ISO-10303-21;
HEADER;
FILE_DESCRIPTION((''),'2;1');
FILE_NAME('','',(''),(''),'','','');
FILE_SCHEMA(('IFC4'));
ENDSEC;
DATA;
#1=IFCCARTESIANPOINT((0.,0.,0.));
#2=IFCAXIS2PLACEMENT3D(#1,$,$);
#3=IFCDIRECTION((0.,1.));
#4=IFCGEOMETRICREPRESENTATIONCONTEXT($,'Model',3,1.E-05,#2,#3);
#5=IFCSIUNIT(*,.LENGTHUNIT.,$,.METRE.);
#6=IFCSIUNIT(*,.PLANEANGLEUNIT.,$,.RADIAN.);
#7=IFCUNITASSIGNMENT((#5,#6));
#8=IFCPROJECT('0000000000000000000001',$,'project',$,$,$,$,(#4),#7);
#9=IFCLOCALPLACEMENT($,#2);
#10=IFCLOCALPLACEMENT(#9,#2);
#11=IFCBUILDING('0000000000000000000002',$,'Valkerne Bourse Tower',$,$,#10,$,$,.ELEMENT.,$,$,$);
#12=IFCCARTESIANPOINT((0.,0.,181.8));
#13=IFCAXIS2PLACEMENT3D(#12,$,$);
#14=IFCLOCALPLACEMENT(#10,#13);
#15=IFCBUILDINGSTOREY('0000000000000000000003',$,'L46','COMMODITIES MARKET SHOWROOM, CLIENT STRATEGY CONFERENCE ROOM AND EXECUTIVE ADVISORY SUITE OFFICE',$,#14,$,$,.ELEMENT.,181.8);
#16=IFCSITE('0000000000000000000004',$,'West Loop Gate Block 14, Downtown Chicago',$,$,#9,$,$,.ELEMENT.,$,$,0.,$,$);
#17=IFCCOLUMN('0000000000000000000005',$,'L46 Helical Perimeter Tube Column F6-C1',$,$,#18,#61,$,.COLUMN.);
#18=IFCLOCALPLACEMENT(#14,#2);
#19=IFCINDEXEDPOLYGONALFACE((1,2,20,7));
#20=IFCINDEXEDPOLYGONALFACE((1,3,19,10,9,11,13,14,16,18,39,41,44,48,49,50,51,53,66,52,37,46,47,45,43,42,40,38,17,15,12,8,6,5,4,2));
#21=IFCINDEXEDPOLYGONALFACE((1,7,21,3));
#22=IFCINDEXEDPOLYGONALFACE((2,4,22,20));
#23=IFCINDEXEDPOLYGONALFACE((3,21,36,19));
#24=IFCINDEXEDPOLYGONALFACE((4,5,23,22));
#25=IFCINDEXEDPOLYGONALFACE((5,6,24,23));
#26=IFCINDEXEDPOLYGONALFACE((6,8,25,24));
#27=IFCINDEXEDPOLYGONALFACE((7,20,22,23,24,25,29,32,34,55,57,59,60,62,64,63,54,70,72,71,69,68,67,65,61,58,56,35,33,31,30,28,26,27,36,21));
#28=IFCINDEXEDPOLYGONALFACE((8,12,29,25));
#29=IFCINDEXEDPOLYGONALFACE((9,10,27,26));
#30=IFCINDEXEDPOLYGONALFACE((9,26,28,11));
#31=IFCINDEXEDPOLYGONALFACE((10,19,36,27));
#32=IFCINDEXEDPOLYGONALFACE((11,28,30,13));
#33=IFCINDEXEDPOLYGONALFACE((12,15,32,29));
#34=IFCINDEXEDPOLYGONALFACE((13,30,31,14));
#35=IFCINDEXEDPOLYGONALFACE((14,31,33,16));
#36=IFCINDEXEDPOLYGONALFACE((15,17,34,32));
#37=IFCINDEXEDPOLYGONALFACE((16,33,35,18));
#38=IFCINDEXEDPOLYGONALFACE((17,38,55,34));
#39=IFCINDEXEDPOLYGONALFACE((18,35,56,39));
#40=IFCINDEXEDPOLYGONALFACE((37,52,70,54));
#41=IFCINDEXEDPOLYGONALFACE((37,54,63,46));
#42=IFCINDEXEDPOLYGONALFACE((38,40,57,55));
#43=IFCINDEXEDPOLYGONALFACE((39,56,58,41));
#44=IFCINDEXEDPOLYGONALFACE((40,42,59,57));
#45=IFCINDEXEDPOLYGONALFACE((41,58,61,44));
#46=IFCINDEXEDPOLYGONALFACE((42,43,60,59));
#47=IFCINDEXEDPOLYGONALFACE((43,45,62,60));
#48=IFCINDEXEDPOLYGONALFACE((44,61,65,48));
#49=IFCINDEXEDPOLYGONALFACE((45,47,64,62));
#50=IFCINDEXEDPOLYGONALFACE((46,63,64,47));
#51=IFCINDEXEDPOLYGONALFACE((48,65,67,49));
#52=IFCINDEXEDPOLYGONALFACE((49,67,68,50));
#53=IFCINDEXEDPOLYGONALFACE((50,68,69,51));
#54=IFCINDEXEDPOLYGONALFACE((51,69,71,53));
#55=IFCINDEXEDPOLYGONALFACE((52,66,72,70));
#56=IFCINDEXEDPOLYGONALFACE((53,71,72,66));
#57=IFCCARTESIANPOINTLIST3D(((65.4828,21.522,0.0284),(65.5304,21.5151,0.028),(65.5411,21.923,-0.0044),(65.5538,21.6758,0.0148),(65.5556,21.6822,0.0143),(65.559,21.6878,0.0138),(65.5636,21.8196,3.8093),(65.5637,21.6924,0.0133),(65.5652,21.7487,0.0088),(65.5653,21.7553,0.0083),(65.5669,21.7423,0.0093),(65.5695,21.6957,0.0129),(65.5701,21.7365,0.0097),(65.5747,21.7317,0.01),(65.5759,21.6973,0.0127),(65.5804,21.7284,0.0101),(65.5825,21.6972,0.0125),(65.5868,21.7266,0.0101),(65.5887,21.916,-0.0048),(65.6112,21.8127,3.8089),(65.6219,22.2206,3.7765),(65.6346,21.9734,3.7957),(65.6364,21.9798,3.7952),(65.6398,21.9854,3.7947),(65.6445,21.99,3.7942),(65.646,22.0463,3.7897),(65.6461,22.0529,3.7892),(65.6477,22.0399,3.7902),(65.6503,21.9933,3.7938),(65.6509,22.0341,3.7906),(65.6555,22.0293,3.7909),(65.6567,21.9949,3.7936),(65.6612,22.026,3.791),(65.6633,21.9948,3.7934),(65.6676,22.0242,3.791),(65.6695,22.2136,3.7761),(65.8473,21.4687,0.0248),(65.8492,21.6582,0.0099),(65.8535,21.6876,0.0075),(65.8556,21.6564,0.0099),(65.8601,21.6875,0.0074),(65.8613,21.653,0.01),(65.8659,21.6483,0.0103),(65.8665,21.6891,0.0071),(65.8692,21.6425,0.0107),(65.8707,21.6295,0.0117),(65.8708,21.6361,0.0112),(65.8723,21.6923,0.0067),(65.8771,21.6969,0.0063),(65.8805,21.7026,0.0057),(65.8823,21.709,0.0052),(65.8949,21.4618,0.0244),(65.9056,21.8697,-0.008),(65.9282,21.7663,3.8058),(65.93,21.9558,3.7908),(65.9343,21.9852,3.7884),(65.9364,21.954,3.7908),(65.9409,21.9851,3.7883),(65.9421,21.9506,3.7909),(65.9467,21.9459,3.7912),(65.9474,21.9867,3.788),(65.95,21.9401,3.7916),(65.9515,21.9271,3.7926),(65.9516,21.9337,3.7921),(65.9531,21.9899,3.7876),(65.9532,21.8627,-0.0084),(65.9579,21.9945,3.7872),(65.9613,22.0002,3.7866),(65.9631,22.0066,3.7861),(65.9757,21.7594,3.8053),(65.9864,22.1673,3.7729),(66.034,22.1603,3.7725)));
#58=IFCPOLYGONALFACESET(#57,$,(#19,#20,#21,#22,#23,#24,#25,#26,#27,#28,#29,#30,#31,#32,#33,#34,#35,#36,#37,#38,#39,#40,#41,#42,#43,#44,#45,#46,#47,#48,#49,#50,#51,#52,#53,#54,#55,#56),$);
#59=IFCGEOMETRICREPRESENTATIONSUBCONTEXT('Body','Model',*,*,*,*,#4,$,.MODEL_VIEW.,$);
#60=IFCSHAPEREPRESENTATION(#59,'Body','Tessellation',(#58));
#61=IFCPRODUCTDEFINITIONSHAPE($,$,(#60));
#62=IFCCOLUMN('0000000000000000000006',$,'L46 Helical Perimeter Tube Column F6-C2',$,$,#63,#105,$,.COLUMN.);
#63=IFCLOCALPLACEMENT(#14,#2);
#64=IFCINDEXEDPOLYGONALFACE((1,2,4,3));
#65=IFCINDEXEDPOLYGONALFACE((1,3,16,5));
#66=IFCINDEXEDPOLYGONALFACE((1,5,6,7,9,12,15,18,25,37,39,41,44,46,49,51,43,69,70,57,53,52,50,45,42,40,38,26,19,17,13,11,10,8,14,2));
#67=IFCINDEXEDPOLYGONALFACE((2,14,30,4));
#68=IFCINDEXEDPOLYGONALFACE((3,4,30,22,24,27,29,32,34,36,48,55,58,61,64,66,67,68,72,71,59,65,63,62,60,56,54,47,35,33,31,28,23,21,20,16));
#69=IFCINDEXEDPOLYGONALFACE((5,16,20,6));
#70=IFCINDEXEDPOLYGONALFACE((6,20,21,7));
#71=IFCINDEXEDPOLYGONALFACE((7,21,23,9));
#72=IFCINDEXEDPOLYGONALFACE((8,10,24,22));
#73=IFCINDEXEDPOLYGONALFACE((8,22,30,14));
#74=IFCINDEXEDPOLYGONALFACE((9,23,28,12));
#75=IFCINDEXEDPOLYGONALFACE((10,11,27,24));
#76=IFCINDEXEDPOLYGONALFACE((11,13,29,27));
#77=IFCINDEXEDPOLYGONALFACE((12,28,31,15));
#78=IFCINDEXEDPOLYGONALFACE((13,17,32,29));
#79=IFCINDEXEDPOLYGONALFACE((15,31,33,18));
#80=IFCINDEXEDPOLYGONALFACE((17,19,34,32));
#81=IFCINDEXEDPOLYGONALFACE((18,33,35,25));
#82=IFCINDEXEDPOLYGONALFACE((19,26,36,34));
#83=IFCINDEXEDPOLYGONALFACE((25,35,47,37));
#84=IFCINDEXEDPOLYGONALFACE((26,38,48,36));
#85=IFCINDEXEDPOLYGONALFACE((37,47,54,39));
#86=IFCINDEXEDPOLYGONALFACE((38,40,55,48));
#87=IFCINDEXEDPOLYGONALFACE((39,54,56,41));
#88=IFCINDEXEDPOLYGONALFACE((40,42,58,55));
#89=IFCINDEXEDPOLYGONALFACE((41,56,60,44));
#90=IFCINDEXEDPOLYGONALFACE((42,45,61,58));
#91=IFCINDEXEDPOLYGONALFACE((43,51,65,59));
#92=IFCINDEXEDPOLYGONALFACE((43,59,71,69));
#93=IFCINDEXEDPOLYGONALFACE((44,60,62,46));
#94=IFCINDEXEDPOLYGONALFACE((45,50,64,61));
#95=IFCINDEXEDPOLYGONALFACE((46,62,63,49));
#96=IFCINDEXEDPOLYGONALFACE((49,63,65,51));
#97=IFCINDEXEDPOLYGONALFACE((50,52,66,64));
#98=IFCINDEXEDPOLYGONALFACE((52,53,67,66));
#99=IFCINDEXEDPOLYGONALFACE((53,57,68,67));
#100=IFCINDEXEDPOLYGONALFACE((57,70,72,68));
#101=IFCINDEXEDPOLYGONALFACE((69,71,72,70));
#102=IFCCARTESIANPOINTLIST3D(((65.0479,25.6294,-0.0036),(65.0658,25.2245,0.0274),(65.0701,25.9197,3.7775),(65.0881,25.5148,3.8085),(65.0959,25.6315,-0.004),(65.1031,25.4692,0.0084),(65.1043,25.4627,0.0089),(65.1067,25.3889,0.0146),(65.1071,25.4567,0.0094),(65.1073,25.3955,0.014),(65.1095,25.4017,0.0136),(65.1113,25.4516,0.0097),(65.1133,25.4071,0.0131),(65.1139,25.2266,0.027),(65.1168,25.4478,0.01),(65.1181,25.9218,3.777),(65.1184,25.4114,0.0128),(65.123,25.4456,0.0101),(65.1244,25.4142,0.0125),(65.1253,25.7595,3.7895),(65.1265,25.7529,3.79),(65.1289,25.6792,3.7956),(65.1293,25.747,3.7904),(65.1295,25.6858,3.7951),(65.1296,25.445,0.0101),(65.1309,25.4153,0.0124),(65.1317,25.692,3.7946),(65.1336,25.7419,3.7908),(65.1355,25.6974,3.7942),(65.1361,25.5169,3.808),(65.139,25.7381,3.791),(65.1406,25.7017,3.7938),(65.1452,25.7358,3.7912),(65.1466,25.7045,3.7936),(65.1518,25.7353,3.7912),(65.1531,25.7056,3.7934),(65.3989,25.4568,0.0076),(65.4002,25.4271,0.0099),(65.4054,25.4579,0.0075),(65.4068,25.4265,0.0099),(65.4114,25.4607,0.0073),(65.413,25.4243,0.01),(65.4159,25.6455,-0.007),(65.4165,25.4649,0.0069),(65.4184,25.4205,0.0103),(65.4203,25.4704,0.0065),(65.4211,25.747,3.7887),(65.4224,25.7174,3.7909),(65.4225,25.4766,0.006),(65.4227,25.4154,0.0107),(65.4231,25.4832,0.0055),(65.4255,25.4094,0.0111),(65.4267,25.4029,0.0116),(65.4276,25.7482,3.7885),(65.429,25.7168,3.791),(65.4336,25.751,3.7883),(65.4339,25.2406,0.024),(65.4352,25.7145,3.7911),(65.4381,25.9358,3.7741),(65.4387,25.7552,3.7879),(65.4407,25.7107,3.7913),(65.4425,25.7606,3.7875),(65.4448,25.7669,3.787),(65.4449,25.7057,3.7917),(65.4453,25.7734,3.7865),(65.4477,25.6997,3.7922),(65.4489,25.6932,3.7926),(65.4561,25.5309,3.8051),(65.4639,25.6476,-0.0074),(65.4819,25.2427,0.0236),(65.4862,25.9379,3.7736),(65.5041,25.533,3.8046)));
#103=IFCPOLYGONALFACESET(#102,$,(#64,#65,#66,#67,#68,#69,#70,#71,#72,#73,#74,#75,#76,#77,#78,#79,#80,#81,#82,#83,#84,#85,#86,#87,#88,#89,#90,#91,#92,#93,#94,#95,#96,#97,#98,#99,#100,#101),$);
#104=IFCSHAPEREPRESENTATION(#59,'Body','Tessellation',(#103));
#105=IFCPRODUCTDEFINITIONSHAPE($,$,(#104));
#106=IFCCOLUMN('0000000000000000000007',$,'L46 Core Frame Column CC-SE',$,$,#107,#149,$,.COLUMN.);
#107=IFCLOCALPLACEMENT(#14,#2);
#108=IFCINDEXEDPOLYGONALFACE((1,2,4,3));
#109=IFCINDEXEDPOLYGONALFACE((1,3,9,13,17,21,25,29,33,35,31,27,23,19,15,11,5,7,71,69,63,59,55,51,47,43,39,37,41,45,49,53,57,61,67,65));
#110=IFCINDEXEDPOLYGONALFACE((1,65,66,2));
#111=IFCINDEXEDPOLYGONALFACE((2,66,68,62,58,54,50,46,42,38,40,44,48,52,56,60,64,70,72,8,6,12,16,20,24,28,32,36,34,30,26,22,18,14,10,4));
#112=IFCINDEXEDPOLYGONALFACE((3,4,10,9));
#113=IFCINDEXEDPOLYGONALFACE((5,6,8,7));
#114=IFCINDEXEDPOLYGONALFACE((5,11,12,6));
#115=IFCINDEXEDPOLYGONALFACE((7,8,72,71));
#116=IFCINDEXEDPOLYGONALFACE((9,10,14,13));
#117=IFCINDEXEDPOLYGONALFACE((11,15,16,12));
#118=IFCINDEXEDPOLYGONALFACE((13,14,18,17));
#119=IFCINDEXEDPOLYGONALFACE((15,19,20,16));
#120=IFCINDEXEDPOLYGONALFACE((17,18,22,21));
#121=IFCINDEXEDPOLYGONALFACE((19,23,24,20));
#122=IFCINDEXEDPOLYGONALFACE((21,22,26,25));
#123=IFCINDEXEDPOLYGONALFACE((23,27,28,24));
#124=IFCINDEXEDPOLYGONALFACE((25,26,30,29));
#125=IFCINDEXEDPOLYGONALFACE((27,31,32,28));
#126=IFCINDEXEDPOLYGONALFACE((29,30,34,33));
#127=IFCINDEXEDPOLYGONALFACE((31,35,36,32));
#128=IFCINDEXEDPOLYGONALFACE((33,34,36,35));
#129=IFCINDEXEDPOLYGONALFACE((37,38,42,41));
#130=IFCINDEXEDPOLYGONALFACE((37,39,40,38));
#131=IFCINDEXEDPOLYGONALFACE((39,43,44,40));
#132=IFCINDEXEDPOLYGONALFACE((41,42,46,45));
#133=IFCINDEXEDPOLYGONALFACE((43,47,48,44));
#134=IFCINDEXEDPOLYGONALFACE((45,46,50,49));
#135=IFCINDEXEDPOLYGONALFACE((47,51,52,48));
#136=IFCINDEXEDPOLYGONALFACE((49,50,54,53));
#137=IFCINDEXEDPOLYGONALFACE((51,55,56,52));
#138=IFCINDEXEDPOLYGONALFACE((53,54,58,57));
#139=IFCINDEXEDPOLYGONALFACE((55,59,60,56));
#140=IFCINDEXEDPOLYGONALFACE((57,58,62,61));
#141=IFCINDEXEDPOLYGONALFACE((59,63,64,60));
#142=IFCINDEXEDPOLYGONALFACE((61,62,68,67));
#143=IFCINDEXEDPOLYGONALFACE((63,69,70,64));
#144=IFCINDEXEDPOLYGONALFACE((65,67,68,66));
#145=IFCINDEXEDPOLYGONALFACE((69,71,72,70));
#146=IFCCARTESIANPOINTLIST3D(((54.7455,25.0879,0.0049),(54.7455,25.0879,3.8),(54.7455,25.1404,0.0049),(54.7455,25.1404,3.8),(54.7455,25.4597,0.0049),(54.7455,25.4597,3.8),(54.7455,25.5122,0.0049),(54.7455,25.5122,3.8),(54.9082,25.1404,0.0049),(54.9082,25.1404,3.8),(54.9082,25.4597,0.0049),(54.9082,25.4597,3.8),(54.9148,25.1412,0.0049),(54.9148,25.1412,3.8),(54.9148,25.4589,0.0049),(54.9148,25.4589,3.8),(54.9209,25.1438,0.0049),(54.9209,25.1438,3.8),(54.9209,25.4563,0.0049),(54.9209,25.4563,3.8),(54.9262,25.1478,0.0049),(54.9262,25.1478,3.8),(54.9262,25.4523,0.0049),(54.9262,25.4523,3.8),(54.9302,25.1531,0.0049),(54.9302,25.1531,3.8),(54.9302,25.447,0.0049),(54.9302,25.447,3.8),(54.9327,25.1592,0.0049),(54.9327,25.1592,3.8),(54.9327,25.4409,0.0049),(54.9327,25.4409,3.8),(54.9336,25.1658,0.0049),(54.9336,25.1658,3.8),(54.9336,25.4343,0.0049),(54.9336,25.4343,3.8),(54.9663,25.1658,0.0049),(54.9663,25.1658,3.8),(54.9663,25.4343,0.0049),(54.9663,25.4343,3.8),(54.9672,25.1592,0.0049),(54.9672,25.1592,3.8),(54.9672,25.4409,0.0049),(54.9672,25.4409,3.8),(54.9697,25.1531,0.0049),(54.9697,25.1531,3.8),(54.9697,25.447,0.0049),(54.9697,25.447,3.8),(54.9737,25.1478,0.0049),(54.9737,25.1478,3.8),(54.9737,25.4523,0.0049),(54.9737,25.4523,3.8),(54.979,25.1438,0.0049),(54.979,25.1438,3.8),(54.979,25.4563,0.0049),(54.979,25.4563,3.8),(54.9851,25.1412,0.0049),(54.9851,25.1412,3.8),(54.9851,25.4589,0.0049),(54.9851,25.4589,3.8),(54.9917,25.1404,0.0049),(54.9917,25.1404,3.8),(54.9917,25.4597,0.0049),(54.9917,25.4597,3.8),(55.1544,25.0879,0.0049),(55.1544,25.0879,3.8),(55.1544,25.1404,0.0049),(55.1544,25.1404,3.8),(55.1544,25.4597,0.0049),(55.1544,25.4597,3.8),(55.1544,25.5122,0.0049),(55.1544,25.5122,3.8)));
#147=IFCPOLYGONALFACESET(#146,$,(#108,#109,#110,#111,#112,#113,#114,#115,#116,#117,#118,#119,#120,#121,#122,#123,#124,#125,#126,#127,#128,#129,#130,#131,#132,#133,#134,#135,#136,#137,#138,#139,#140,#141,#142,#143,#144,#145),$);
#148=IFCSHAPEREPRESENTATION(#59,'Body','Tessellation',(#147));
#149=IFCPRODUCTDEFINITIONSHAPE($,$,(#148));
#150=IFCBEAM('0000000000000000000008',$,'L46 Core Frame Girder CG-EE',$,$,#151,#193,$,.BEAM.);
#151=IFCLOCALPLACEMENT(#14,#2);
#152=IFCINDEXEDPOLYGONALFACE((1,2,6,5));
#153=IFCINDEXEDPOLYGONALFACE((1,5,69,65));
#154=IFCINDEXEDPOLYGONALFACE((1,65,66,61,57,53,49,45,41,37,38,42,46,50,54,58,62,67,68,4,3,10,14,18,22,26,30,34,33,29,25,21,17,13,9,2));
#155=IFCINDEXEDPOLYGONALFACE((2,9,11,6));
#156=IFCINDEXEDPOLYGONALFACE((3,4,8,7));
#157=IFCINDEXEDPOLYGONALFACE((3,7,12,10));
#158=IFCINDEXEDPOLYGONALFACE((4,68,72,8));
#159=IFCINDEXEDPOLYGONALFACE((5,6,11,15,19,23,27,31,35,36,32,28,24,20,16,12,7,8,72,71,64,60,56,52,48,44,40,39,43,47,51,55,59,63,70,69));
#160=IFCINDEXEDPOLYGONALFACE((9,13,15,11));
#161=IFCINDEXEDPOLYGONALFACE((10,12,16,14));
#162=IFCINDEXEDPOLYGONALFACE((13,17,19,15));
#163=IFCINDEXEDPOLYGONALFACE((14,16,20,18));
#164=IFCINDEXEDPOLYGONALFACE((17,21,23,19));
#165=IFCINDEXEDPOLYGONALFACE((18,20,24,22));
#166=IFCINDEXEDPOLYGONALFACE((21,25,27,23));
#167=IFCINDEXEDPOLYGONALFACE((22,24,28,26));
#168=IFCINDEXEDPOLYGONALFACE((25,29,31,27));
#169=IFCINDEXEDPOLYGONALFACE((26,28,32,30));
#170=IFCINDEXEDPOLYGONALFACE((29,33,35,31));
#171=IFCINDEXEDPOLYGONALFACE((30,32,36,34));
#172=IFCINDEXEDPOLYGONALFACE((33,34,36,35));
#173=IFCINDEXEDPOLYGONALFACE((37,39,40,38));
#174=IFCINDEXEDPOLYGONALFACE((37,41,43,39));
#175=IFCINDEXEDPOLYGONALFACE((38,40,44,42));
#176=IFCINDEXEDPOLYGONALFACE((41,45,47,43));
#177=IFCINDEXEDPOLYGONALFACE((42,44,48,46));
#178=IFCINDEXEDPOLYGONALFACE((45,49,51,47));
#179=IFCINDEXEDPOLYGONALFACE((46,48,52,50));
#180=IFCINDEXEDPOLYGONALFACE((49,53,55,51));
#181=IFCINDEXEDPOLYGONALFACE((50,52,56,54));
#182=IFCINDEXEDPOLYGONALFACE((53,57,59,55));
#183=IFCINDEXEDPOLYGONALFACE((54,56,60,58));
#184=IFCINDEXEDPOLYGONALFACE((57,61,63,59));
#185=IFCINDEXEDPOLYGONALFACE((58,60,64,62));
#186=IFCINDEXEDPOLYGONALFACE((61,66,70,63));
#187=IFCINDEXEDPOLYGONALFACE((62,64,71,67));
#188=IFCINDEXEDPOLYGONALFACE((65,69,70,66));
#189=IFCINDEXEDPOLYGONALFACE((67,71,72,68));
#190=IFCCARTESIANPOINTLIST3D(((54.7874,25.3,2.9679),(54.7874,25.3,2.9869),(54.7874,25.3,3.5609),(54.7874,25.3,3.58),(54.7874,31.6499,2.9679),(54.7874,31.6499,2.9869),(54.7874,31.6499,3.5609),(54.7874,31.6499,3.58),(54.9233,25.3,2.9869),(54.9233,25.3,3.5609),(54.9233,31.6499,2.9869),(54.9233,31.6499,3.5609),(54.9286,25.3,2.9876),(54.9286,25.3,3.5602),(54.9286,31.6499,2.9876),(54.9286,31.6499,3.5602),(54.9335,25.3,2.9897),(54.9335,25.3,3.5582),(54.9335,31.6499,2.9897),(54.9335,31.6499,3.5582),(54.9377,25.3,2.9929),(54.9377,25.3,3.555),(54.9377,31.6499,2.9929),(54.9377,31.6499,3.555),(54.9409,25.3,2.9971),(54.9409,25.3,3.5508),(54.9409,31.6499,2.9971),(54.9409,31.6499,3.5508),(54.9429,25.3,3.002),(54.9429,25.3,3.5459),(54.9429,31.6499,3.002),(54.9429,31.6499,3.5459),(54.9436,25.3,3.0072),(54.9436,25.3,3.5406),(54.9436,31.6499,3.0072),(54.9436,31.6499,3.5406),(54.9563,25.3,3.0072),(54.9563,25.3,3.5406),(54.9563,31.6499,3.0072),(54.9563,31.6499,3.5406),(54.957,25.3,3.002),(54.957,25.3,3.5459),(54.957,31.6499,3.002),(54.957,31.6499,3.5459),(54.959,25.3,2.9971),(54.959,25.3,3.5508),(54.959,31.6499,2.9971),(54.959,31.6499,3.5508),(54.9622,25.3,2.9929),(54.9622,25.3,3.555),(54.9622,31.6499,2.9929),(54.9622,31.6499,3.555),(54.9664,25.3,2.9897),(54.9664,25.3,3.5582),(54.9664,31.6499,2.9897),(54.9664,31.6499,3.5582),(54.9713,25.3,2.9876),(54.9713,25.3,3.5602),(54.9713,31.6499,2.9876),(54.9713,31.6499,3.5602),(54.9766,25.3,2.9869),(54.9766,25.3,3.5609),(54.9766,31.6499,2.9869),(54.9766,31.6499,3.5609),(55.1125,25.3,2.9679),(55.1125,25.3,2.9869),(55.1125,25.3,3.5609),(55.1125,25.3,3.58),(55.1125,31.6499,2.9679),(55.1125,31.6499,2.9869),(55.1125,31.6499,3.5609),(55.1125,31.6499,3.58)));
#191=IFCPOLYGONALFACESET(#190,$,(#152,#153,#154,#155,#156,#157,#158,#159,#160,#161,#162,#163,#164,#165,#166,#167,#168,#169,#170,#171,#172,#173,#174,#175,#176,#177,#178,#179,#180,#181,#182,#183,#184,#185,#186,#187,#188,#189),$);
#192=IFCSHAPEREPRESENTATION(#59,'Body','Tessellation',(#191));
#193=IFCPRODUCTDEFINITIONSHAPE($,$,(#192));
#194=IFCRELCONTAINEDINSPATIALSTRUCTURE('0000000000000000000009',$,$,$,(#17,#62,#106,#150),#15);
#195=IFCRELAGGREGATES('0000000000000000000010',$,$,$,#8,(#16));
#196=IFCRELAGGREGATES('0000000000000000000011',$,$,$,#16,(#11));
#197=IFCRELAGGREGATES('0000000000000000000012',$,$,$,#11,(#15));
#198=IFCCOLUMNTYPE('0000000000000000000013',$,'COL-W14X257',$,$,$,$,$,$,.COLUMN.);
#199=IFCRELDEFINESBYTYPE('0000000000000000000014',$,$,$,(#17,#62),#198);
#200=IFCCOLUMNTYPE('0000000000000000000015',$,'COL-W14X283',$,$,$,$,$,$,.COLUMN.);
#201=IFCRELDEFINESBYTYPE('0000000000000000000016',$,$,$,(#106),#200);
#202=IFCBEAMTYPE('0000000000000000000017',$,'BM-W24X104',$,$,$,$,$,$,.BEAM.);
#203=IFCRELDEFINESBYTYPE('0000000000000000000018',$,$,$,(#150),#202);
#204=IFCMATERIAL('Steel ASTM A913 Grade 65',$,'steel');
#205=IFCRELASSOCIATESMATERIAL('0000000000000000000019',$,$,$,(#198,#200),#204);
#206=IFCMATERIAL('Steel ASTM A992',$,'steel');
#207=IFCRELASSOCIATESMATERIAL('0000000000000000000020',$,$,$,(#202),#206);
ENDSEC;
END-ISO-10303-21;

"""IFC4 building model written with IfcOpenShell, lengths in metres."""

from ifc_helpers import new_model, si_unit, direction, frame, origin, origin_2d, place, context, subcontext, project, spatial, i_section, extrude, material, material_profile, profile_set, type_object, element, save


model = new_model("IFC4")

# Units and contexts
model_context = context("Model", 3, precision=1e-05, world=origin(), true_north=direction((0.0, 1.0)))
body_context = subcontext(model_context, "Body", "Model", "MODEL_VIEW")
ifc_project = project(units=[si_unit("LENGTHUNIT", "METRE"), si_unit("PLANEANGLEUNIT", "RADIAN")], contexts=[model_context])

# Site, building, storey
site_placement = place(None, origin())
site = spatial("IfcSite", under=ifc_project, at=site_placement, Name="West Loop Gate Block 14, Downtown Chicago", CompositionType="ELEMENT", RefElevation=0.0)
building_placement = place(site_placement, origin())
building = spatial("IfcBuilding", under=site, at=building_placement, Name="Valkerne Bourse Tower", CompositionType="ELEMENT")
storey_placement = place(building_placement, frame((0.0, 0.0, 181.8)))
storey = spatial("IfcBuildingStorey", under=building, at=storey_placement, Name="L46", Description="COMMODITIES MARKET SHOWROOM, CLIENT STRATEGY CONFERENCE ROOM AND EXECUTIVE ADVISORY SUITE OFFICE", CompositionType="ELEMENT", Elevation=181.8)

# Columns
ifc_material_1 = material(Name="Steel ASTM A913 Grade 65", Category="steel")
ifc_material_profile_1 = material_profile(ifc_material_1, i_section(OverallWidth=0.4065, OverallDepth=0.4165, WebThickness=0.0298, FlangeThickness=0.0481, FilletRadius=0.0254, at=origin_2d()), Name="W14X257")
ifc_profile_set_1 = profile_set([ifc_material_profile_1], Name="Steel ASTM A913 Grade 65")
column_type_1 = type_object("IfcColumnType", Name="COL-W14X257", PredefinedType="COLUMN", material=ifc_profile_set_1)
column_1_placement = place(storey_placement, frame((65.718, 21.6924, 0.01), z_axis=(0.021302, 0.078451, 0.99669), x_axis=(-0.143348, -0.986376, 0.080703)))
element("IfcColumn", 1, at=column_1_placement, inside=storey, type_object=column_type_1, Name="L46 Helical Perimeter Tube Column F6-C1", PredefinedType="COLUMN", context=body_context, shape_type="SweptSolid", body=[
    extrude(i_section(OverallWidth=0.4065, OverallDepth=0.4165, WebThickness=0.0298, FlangeThickness=0.0481, FilletRadius=0.0254, at=origin_2d()), origin(), (0.0, 0.0, 1.0), 3.7935),
])
column_2_placement = place(storey_placement, frame((65.2649, 25.436, 0.01), z_axis=(0.005859, 0.076547, 0.997049), x_axis=(0.044251, -0.996109, 0.076215)))
element("IfcColumn", 2, at=column_2_placement, inside=storey, type_object=column_type_1, Name="L46 Helical Perimeter Tube Column F6-C2", PredefinedType="COLUMN", context=body_context, shape_type="SweptSolid", body=[
    extrude(i_section(OverallWidth=0.4065, OverallDepth=0.4165, WebThickness=0.0298, FlangeThickness=0.0481, FilletRadius=0.0254, at=origin_2d()), origin(), (0.0, 0.0, 1.0), 3.7922),
])
ifc_material_profile_2 = material_profile(ifc_material_1, i_section(OverallWidth=0.4089, OverallDepth=0.4243, WebThickness=0.0327, FlangeThickness=0.0525, FilletRadius=0.0254, at=origin_2d()), Name="W14X283")
ifc_profile_set_2 = profile_set([ifc_material_profile_2], Name="Steel ASTM A913 Grade 65")
column_type_2 = type_object("IfcColumnType", Name="COL-W14X283", PredefinedType="COLUMN", material=ifc_profile_set_2)
column_3_placement = place(storey_placement, frame((54.95, 25.3, 0.0049), z_axis=(0.0, 0.0, 1.0), x_axis=(1.0, 0.0, 0.0)))
element("IfcColumn", 3, at=column_3_placement, inside=storey, type_object=column_type_2, Name="L46 Core Frame Column CC-SE", PredefinedType="COLUMN", context=body_context, shape_type="SweptSolid", body=[
    extrude(i_section(OverallWidth=0.4089, OverallDepth=0.4243, WebThickness=0.0327, FlangeThickness=0.0525, FilletRadius=0.0254, at=origin_2d()), origin(), (0.0, 0.0, 1.0), 3.7952),
])

# Beam
ifc_material_2 = material(Name="Steel ASTM A992", Category="steel")
ifc_material_profile_3 = material_profile(ifc_material_2, i_section(OverallWidth=0.3252, OverallDepth=0.6121, WebThickness=0.0127, FlangeThickness=0.019, FilletRadius=0.0203, at=origin_2d()), Name="W24X104")
ifc_profile_set_3 = profile_set([ifc_material_profile_3], Name="Steel ASTM A992")
beam_type_1 = type_object("IfcBeamType", Name="BM-W24X104", PredefinedType="BEAM", material=ifc_profile_set_3)
beam_1_placement = place(storey_placement, frame((54.95, 25.3, 3.2739), z_axis=(0.0, 1.0, 0.0), x_axis=(-1.0, 0.0, 0.0)))
element("IfcBeam", 4, at=beam_1_placement, inside=storey, type_object=beam_type_1, Name="L46 Core Frame Girder CG-EE", PredefinedType="BEAM", context=body_context, shape_type="SweptSolid", body=[
    extrude(i_section(OverallWidth=0.3252, OverallDepth=0.6121, WebThickness=0.0127, FlangeThickness=0.019, FilletRadius=0.0203, at=origin_2d()), origin(), (0.0, 0.0, 1.0), 6.3499),
])

save(model, "model.ifc")
